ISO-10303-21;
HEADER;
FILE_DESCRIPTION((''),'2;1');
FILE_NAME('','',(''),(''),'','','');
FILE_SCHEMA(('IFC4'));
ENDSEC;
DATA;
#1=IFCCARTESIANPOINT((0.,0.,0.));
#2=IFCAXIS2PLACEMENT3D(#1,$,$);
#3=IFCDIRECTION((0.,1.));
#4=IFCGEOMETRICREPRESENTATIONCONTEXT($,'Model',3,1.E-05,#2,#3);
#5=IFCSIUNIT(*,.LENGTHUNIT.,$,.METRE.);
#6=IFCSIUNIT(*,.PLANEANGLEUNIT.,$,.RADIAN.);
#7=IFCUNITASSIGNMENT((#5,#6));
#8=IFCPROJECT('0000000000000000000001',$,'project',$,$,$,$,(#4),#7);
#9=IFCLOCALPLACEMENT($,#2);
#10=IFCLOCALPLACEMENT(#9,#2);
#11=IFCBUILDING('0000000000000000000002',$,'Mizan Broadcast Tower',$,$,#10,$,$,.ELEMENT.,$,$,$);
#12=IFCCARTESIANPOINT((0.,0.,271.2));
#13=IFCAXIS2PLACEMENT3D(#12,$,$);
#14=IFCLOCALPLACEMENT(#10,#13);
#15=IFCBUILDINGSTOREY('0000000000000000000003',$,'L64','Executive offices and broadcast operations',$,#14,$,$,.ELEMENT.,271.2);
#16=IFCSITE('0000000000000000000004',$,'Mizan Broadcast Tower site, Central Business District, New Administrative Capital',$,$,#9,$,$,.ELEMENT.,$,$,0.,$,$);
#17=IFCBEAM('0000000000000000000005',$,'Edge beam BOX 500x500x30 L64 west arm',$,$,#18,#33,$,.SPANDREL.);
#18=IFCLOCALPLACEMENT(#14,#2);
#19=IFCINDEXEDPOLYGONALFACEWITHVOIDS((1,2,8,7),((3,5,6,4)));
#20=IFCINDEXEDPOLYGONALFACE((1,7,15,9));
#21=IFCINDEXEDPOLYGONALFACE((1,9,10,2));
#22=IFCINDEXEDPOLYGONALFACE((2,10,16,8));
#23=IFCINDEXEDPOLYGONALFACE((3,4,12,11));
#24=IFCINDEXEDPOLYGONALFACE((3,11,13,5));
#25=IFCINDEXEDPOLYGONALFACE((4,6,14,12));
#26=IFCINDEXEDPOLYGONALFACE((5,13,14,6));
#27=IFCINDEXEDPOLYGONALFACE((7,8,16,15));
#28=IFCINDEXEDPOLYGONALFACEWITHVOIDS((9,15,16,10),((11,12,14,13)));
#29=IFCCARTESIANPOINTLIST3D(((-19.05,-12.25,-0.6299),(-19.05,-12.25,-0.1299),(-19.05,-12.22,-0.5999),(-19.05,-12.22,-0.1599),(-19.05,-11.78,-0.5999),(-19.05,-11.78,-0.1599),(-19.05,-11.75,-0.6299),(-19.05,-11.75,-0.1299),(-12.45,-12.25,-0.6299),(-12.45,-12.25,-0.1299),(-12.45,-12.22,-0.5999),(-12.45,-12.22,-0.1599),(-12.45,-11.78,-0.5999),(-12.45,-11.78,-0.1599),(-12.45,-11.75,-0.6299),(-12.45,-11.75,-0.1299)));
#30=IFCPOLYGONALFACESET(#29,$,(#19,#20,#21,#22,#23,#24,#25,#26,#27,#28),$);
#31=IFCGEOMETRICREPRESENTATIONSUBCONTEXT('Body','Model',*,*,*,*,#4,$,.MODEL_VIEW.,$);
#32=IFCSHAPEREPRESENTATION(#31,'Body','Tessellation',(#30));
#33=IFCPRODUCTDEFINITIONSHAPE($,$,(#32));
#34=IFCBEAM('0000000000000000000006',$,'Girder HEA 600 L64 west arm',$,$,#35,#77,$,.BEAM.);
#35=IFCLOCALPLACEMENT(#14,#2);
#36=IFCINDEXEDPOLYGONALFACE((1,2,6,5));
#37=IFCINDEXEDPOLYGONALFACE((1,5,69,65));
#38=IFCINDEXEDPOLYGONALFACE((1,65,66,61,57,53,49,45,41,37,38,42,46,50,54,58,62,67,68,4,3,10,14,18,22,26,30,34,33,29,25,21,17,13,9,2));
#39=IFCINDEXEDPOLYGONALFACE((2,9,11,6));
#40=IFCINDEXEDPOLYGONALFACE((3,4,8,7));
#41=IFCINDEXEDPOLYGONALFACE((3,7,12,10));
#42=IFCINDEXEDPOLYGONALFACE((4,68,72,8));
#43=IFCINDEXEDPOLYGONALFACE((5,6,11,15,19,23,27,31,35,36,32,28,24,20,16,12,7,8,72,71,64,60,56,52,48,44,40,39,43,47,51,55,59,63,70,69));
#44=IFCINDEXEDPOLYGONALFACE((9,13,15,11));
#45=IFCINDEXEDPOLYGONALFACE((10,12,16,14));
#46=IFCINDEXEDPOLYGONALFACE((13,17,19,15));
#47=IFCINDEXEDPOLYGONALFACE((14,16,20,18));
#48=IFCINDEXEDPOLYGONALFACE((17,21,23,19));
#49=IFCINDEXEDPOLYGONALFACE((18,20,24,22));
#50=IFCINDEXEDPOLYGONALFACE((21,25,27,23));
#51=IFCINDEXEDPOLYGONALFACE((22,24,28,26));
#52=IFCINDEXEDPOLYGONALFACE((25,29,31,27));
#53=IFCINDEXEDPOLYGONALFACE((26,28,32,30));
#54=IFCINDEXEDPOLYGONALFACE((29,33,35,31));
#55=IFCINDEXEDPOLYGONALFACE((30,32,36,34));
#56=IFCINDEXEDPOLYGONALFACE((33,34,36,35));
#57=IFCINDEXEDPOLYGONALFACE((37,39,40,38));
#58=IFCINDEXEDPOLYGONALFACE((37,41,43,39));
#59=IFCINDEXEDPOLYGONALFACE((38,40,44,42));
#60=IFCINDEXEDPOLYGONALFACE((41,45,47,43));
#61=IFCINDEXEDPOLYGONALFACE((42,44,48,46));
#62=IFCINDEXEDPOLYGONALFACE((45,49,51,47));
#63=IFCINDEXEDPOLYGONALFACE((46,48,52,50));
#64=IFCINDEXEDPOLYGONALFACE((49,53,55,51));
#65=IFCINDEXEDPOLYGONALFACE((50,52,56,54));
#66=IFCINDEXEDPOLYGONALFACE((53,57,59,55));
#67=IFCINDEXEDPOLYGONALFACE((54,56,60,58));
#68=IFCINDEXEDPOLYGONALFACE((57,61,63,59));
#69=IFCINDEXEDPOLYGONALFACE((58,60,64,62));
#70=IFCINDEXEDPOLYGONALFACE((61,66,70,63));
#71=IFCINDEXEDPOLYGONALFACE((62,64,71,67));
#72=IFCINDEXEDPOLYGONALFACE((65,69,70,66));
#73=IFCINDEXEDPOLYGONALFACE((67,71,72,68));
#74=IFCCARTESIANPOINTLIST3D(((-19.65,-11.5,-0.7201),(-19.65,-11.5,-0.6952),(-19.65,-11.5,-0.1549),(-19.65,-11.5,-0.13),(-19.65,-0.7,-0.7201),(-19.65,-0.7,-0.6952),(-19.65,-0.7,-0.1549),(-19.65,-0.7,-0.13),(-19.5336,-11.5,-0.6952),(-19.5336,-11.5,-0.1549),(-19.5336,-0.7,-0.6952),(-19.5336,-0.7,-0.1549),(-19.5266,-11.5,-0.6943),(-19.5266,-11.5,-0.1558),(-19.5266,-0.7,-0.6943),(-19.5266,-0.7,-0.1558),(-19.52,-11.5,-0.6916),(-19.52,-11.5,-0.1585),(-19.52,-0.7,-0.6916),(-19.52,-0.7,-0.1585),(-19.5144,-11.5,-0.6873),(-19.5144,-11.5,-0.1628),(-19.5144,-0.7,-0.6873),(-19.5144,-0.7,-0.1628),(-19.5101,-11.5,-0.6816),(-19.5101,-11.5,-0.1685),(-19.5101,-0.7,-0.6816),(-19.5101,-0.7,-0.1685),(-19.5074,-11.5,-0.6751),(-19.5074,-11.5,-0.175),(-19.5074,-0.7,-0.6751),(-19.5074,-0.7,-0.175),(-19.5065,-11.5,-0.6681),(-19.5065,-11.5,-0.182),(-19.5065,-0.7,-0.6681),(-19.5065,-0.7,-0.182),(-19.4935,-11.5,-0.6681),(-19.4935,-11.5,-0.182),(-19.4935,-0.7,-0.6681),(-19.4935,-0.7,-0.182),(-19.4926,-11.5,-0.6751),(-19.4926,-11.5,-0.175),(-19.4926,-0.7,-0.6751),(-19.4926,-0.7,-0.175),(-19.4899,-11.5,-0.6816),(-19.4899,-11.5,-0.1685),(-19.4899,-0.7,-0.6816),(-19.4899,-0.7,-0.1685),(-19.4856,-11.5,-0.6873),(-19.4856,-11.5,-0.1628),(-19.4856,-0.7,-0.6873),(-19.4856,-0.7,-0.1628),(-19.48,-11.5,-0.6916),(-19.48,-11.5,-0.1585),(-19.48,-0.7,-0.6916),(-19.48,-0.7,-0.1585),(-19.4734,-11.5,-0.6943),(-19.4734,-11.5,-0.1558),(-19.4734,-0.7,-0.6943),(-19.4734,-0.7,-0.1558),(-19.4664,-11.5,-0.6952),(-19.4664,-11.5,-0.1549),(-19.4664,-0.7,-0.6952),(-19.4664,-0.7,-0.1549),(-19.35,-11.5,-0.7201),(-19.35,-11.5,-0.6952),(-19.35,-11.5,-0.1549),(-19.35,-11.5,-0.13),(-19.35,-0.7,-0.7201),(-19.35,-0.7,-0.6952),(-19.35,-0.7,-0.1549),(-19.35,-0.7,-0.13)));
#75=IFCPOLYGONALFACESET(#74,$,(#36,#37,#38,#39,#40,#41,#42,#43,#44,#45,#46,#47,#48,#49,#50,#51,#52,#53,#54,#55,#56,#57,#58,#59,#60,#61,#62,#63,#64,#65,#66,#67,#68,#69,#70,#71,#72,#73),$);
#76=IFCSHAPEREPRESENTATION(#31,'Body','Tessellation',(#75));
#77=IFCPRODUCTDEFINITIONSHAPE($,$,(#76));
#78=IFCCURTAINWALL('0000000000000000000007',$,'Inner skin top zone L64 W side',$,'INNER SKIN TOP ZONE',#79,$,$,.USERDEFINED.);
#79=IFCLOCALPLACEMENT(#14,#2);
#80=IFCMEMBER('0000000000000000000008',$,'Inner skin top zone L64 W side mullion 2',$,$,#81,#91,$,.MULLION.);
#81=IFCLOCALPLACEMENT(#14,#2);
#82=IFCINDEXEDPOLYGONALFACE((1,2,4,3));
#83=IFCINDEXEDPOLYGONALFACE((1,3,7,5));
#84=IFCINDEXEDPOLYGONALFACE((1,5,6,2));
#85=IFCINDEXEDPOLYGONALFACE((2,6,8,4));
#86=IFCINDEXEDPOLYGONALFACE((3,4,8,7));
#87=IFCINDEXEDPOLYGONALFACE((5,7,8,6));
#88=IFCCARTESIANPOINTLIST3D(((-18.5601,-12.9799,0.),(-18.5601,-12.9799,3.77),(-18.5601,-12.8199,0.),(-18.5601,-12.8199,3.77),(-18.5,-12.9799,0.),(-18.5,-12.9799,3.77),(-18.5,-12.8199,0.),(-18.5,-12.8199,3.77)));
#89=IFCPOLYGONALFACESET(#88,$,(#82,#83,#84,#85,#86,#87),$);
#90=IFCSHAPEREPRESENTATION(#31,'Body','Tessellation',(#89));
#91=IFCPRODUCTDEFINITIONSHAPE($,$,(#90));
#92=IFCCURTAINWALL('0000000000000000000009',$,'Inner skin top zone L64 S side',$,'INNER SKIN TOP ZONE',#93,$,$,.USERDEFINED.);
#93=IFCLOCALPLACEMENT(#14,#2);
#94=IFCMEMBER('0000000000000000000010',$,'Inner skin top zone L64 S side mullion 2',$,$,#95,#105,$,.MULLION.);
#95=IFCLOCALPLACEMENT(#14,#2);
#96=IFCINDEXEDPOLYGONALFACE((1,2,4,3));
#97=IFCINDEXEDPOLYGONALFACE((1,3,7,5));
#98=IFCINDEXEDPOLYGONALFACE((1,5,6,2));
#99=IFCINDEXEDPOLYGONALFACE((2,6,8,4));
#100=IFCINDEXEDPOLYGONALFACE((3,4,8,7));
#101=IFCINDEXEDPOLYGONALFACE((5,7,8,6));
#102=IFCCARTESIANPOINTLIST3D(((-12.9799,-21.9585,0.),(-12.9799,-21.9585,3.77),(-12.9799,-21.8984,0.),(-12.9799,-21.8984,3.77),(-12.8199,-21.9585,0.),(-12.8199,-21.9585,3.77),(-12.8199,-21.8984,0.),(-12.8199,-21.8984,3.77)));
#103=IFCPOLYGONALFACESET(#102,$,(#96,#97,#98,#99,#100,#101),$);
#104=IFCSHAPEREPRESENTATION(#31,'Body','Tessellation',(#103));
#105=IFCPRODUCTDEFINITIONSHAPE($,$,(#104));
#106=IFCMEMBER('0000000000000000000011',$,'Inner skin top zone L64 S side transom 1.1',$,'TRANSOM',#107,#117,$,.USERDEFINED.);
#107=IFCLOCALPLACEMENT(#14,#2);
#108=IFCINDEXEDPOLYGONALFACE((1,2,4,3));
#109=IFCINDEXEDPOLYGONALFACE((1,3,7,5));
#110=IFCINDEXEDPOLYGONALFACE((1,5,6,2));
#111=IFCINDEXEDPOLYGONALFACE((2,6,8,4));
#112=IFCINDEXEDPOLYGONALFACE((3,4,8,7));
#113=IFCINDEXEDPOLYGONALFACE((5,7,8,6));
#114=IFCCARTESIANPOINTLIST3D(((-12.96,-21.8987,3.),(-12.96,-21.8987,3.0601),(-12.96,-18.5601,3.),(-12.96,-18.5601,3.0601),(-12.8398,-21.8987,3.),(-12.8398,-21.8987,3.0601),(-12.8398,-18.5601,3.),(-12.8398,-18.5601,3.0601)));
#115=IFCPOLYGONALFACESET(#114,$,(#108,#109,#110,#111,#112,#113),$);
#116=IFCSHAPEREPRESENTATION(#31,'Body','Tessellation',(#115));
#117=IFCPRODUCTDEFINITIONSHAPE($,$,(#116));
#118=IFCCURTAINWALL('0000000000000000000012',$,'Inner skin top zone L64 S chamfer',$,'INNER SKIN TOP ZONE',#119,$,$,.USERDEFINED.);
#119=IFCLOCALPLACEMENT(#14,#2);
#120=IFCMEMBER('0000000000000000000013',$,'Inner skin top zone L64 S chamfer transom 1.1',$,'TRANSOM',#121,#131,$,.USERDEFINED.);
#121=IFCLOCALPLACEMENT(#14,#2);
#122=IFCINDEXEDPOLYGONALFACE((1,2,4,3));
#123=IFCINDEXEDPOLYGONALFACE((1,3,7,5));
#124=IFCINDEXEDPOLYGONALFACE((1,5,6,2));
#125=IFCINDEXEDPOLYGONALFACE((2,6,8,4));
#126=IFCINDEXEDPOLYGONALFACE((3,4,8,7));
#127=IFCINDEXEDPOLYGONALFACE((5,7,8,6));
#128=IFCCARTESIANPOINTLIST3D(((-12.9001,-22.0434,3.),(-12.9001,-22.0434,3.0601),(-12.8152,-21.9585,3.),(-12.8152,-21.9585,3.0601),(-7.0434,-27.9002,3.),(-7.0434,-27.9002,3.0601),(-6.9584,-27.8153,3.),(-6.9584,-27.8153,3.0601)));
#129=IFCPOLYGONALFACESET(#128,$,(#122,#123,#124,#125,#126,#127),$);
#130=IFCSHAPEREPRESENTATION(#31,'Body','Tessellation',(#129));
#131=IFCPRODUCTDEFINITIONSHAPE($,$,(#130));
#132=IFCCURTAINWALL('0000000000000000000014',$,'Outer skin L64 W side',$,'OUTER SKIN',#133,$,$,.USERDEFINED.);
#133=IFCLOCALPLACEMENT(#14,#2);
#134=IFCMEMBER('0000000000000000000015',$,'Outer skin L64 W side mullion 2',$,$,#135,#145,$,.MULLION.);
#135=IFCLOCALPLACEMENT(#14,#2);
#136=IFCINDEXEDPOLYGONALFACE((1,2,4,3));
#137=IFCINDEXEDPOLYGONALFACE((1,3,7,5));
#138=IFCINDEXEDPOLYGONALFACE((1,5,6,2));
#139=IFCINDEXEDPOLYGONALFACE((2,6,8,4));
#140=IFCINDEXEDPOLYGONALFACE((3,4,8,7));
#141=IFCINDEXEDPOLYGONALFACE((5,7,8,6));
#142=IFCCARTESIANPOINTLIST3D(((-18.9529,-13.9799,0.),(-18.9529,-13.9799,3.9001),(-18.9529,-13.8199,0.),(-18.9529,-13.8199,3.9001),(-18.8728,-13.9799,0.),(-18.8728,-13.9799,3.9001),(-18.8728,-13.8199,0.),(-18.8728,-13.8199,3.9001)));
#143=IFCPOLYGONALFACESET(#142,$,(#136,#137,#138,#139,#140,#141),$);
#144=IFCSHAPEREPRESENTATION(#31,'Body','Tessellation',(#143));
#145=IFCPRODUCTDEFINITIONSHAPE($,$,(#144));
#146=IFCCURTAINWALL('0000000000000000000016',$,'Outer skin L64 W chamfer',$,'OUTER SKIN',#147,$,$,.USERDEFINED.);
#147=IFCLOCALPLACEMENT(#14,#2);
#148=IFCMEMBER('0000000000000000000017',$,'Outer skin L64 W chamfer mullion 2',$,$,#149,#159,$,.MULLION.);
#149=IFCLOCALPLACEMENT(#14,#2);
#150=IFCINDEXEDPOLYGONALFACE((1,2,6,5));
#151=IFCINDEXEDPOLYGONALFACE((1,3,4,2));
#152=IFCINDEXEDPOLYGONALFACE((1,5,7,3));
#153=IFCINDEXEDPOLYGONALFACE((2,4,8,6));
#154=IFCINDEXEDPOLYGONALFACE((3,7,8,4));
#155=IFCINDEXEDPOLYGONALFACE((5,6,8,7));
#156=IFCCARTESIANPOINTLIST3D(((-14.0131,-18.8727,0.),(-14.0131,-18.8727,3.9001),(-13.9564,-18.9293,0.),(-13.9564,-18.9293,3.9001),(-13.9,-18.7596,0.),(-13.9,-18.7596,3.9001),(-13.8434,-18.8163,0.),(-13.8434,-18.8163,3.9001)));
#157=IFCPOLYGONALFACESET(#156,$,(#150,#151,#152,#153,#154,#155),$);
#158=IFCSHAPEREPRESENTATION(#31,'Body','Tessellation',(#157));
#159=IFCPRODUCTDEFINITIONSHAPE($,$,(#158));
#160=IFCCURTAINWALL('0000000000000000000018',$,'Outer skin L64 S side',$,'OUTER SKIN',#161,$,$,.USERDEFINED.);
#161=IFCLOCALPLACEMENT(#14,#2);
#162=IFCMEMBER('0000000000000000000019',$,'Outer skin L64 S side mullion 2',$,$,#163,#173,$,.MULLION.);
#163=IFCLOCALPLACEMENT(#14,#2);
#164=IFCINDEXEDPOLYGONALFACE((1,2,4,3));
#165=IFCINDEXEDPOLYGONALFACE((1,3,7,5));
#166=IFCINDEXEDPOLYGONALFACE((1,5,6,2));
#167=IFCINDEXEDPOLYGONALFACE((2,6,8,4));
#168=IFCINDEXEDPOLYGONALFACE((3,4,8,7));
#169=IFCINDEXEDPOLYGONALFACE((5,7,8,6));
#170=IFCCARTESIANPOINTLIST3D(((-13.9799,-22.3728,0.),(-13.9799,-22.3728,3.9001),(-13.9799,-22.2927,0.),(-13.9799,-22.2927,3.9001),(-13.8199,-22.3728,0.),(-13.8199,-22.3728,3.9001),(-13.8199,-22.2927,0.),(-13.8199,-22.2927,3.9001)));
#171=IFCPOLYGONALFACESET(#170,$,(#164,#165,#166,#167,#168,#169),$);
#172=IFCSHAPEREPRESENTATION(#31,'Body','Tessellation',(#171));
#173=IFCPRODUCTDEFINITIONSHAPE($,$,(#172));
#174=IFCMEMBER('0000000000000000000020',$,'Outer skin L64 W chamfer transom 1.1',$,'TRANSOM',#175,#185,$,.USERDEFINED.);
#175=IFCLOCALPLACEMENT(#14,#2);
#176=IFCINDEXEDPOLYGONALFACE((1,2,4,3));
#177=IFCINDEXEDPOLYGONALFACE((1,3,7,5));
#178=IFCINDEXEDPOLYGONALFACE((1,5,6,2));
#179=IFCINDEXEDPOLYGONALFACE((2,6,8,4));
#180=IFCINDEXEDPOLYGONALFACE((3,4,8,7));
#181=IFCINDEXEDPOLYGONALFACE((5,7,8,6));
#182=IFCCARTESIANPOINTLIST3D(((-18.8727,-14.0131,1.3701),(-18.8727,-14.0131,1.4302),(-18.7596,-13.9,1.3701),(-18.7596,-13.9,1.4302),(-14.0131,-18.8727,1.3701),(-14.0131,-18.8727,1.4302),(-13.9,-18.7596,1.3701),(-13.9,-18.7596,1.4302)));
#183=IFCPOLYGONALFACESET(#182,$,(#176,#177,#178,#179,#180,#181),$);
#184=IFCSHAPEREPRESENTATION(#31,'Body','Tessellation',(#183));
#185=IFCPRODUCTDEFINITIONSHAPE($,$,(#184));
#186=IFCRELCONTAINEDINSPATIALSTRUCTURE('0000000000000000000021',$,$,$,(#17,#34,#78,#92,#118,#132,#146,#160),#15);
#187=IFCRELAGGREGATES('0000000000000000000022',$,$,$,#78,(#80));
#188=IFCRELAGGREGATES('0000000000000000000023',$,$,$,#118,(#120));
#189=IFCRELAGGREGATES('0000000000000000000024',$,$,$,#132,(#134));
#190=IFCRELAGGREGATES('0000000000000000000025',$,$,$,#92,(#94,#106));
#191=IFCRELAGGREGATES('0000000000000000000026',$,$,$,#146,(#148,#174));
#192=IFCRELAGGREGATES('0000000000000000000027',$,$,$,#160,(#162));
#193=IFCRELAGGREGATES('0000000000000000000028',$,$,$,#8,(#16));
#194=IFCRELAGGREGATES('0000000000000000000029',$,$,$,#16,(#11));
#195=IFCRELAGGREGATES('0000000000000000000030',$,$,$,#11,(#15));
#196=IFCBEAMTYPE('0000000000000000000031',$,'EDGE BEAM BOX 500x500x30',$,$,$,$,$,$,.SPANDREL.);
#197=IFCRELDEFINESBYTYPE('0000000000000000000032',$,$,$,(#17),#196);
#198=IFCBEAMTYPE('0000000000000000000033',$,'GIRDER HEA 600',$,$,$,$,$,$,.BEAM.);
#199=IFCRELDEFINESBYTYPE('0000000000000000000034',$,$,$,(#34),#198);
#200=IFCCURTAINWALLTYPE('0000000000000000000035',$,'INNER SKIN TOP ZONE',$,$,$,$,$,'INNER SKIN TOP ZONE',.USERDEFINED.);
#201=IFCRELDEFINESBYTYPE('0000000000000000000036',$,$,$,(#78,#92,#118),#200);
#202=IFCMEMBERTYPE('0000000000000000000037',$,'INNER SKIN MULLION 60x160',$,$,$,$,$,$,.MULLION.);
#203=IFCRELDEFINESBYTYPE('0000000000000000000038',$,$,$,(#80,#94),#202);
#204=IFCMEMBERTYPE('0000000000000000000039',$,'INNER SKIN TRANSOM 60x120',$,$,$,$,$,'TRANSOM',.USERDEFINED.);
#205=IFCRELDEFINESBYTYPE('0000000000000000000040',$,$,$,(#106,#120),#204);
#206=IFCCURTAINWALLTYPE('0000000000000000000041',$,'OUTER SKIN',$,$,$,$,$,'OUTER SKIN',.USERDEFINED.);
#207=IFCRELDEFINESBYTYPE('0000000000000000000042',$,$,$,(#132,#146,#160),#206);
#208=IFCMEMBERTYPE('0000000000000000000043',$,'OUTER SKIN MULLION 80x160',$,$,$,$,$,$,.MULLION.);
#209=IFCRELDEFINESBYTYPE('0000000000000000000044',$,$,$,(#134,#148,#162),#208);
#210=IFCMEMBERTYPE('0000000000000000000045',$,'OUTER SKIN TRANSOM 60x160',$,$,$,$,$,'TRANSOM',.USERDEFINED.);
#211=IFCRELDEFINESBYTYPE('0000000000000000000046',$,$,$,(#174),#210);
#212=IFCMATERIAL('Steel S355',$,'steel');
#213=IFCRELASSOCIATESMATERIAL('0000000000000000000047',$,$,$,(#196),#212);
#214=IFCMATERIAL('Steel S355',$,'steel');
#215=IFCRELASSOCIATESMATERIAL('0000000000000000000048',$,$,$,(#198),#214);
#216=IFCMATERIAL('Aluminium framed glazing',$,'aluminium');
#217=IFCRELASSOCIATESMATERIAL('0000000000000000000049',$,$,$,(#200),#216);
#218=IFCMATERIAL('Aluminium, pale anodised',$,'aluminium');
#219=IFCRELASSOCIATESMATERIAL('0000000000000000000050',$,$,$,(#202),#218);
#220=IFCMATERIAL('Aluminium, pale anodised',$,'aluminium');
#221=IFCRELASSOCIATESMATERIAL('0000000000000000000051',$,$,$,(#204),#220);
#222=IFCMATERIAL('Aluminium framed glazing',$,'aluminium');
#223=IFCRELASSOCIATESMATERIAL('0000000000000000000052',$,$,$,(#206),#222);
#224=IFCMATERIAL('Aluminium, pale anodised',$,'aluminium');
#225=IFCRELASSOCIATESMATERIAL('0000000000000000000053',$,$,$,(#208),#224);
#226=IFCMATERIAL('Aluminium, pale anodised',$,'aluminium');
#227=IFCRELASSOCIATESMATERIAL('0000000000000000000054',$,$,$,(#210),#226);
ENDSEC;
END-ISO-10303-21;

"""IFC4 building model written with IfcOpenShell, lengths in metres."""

from ifc_helpers import new_model, si_unit, direction, frame, origin, origin_2d, place, context, subcontext, project, spatial, rectangle, hollow_rectangle, i_section, extrude, material, material_profile, profile_set, type_object, element, aggregate, save


model = new_model("IFC4")

# Units and contexts
model_context = context("Model", 3, precision=1e-05, world=origin(), true_north=direction((0.0, 1.0)))
body_context = subcontext(model_context, "Body", "Model", "MODEL_VIEW")
ifc_project = project(units=[si_unit("LENGTHUNIT", "METRE"), si_unit("PLANEANGLEUNIT", "RADIAN")], contexts=[model_context])

# Site, building, storey
site_placement = place(None, origin())
site = spatial("IfcSite", under=ifc_project, at=site_placement, Name="Mizan Broadcast Tower site, Central Business District, New Administrative Capital", CompositionType="ELEMENT", RefElevation=0.0)
building_placement = place(site_placement, origin())
building = spatial("IfcBuilding", under=site, at=building_placement, Name="Mizan Broadcast Tower", CompositionType="ELEMENT")
storey_placement = place(building_placement, frame((0.0, 0.0, 271.2)))
storey = spatial("IfcBuildingStorey", under=building, at=storey_placement, Name="L64", Description="Executive offices and broadcast operations", CompositionType="ELEMENT", Elevation=271.2)

# Beams
ifc_material_1 = material(Name="Steel S355", Category="steel")
ifc_material_profile_1 = material_profile(ifc_material_1, hollow_rectangle(XDim=0.5, YDim=0.5, WallThickness=0.03, at=origin_2d()), Name="BOX 500x500x30")
ifc_profile_set_1 = profile_set([ifc_material_profile_1], Name="Steel S355")
beam_type_1 = type_object("IfcBeamType", Name="EDGE BEAM BOX 500x500x30", PredefinedType="SPANDREL", material=ifc_profile_set_1)
beam_1_placement = place(storey_placement, frame((-12.45, -12.0, -0.3799), z_axis=(-1.0, 0.0, 0.0), x_axis=(0.0, -1.0, 0.0)))
element("IfcBeam", 1, at=beam_1_placement, inside=storey, type_object=beam_type_1, Name="Edge beam BOX 500x500x30 L64 west arm", PredefinedType="SPANDREL", context=body_context, shape_type="SweptSolid", body=[
    extrude(hollow_rectangle(XDim=0.5, YDim=0.5, WallThickness=0.03, at=origin_2d()), origin(), (0.0, 0.0, 1.0), 6.6001),
])
ifc_material_2 = material(Name="Steel S355", Category="steel")
ifc_material_profile_2 = material_profile(ifc_material_2, i_section(OverallWidth=0.3, OverallDepth=0.5901, WebThickness=0.0129, FlangeThickness=0.0249, FilletRadius=0.0271, at=origin_2d()), Name="HEA 600")
ifc_profile_set_2 = profile_set([ifc_material_profile_2], Name="Steel S355")
beam_type_2 = type_object("IfcBeamType", Name="GIRDER HEA 600", PredefinedType="BEAM", material=ifc_profile_set_2)
beam_2_placement = place(storey_placement, frame((-19.5, -11.5, -0.425), z_axis=(0.0, 1.0, 0.0), x_axis=(-1.0, 0.0, 0.0)))
element("IfcBeam", 2, at=beam_2_placement, inside=storey, type_object=beam_type_2, Name="Girder HEA 600 L64 west arm", PredefinedType="BEAM", context=body_context, shape_type="SweptSolid", body=[
    extrude(i_section(OverallWidth=0.3, OverallDepth=0.5901, WebThickness=0.0129, FlangeThickness=0.0249, FilletRadius=0.0271, at=origin_2d()), origin(), (0.0, 0.0, 1.0), 10.8),
])

# Curtain wall, member
ifc_material_3 = material(Name="Aluminium framed glazing", Category="aluminium")
curtain_wall_type_1 = type_object("IfcCurtainWallType", Name="INNER SKIN TOP ZONE", ElementType="INNER SKIN TOP ZONE", PredefinedType="USERDEFINED", material=ifc_material_3)
curtain_wall_1_placement = place(storey_placement, origin())
curtain_wall_1 = element("IfcCurtainWall", 3, at=curtain_wall_1_placement, inside=storey, type_object=curtain_wall_type_1, Name="Inner skin top zone L64 W side", ObjectType="INNER SKIN TOP ZONE", PredefinedType="USERDEFINED")
ifc_material_4 = material(Name="Aluminium, pale anodised", Category="aluminium")
ifc_material_profile_3 = material_profile(ifc_material_4, rectangle(XDim=0.1599, YDim=0.0601, at=origin_2d()), Name="MULLION 160x60")
ifc_profile_set_3 = profile_set([ifc_material_profile_3], Name="Aluminium, pale anodised")
member_type_1 = type_object("IfcMemberType", Name="INNER SKIN MULLION 60x160", PredefinedType="MULLION", material=ifc_profile_set_3)
member_1_placement = place(storey_placement, frame((-18.53, -12.8999, 0.0), z_axis=(0.0, 0.0, 1.0), x_axis=(0.0, 1.0, 0.0)))
member_1 = element("IfcMember", 4, at=member_1_placement, type_object=member_type_1, Name="Inner skin top zone L64 W side mullion 2", PredefinedType="MULLION", context=body_context, shape_type="SweptSolid", body=[
    extrude(rectangle(XDim=0.1599, YDim=0.0601, at=origin_2d()), origin(), (0.0, 0.0, 1.0), 3.77),
])
aggregate(curtain_wall_1, [member_1])

# Curtain wall, members
curtain_wall_2_placement = place(storey_placement, origin())
curtain_wall_2 = element("IfcCurtainWall", 5, at=curtain_wall_2_placement, inside=storey, type_object=curtain_wall_type_1, Name="Inner skin top zone L64 S side", ObjectType="INNER SKIN TOP ZONE", PredefinedType="USERDEFINED")
member_2_placement = place(storey_placement, frame((-12.8999, -21.9285, 0.0), z_axis=(0.0, 0.0, 1.0), x_axis=(1.0, 0.0, 0.0)))
member_2 = element("IfcMember", 6, at=member_2_placement, type_object=member_type_1, Name="Inner skin top zone L64 S side mullion 2", PredefinedType="MULLION", context=body_context, shape_type="SweptSolid", body=[
    extrude(rectangle(XDim=0.1599, YDim=0.0601, at=origin_2d()), origin(), (0.0, 0.0, 1.0), 3.77),
])
ifc_material_5 = material(Name="Aluminium, pale anodised", Category="aluminium")
ifc_material_profile_4 = material_profile(ifc_material_5, rectangle(XDim=0.1201, YDim=0.0601, at=origin_2d()), Name="TRANSOM 120x60")
ifc_profile_set_4 = profile_set([ifc_material_profile_4], Name="Aluminium, pale anodised")
member_type_2 = type_object("IfcMemberType", Name="INNER SKIN TRANSOM 60x120", ElementType="TRANSOM", PredefinedType="USERDEFINED", material=ifc_profile_set_4)
member_3_placement = place(storey_placement, frame((-12.8999, -18.5601, 3.03), z_axis=(0.0, -1.0, 0.0), x_axis=(1.0, 0.0, 0.0)))
member_3 = element("IfcMember", 7, at=member_3_placement, type_object=member_type_2, Name="Inner skin top zone L64 S side transom 1.1", ObjectType="TRANSOM", PredefinedType="USERDEFINED", context=body_context, shape_type="SweptSolid", body=[
    extrude(rectangle(XDim=0.1201, YDim=0.0601, at=origin_2d()), origin(), (0.0, 0.0, 1.0), 3.3386),
])

# Curtain walls, members
curtain_wall_3_placement = place(storey_placement, origin())
curtain_wall_3 = element("IfcCurtainWall", 8, at=curtain_wall_3_placement, inside=storey, type_object=curtain_wall_type_1, Name="Inner skin top zone L64 S chamfer", ObjectType="INNER SKIN TOP ZONE", PredefinedType="USERDEFINED")
member_4_placement = place(storey_placement, frame((-12.8577, -22.001, 3.03), z_axis=(0.707107, -0.707107, 0.0), x_axis=(0.707107, 0.707107, 0.0)))
member_4 = element("IfcMember", 9, at=member_4_placement, type_object=member_type_2, Name="Inner skin top zone L64 S chamfer transom 1.1", ObjectType="TRANSOM", PredefinedType="USERDEFINED", context=body_context, shape_type="SweptSolid", body=[
    extrude(rectangle(XDim=0.1201, YDim=0.0601, at=origin_2d()), origin(), (0.0, 0.0, 1.0), 8.2827),
])
aggregate(curtain_wall_3, [member_4])
ifc_material_6 = material(Name="Aluminium framed glazing", Category="aluminium")
curtain_wall_type_2 = type_object("IfcCurtainWallType", Name="OUTER SKIN", ElementType="OUTER SKIN", PredefinedType="USERDEFINED", material=ifc_material_6)
curtain_wall_4_placement = place(storey_placement, origin())
curtain_wall_4 = element("IfcCurtainWall", 10, at=curtain_wall_4_placement, inside=storey, type_object=curtain_wall_type_2, Name="Outer skin L64 W side", ObjectType="OUTER SKIN", PredefinedType="USERDEFINED")
ifc_material_7 = material(Name="Aluminium, pale anodised", Category="aluminium")
ifc_material_profile_5 = material_profile(ifc_material_7, rectangle(XDim=0.1599, YDim=0.0801, at=origin_2d()), Name="MULLION 160x80")
ifc_profile_set_5 = profile_set([ifc_material_profile_5], Name="Aluminium, pale anodised")
member_type_3 = type_object("IfcMemberType", Name="OUTER SKIN MULLION 80x160", PredefinedType="MULLION", material=ifc_profile_set_5)
member_5_placement = place(storey_placement, frame((-18.9128, -13.8999, 0.0), z_axis=(0.0, 0.0, 1.0), x_axis=(0.0, 1.0, 0.0)))
member_5 = element("IfcMember", 11, at=member_5_placement, type_object=member_type_3, Name="Outer skin L64 W side mullion 2", PredefinedType="MULLION", context=body_context, shape_type="SweptSolid", body=[
    extrude(rectangle(XDim=0.1599, YDim=0.0801, at=origin_2d()), origin(), (0.0, 0.0, 1.0), 3.9001),
])
aggregate(curtain_wall_4, [member_5])
curtain_wall_5_placement = place(storey_placement, origin())
curtain_wall_5 = element("IfcCurtainWall", 12, at=curtain_wall_5_placement, inside=storey, type_object=curtain_wall_type_2, Name="Outer skin L64 W chamfer", ObjectType="OUTER SKIN", PredefinedType="USERDEFINED")
member_6_placement = place(storey_placement, frame((-13.9282, -18.8445, 0.0), z_axis=(0.0, 0.0, 1.0), x_axis=(0.707107, 0.707107, 0.0)))
member_6 = element("IfcMember", 13, at=member_6_placement, type_object=member_type_3, Name="Outer skin L64 W chamfer mullion 2", PredefinedType="MULLION", context=body_context, shape_type="SweptSolid", body=[
    extrude(rectangle(XDim=0.1599, YDim=0.0801, at=origin_2d()), origin(), (0.0, 0.0, 1.0), 3.9001),
])
curtain_wall_6_placement = place(storey_placement, origin())
curtain_wall_6 = element("IfcCurtainWall", 14, at=curtain_wall_6_placement, inside=storey, type_object=curtain_wall_type_2, Name="Outer skin L64 S side", ObjectType="OUTER SKIN", PredefinedType="USERDEFINED")
member_7_placement = place(storey_placement, frame((-13.8999, -22.3328, 0.0), z_axis=(0.0, 0.0, 1.0), x_axis=(1.0, 0.0, 0.0)))
member_7 = element("IfcMember", 15, at=member_7_placement, type_object=member_type_3, Name="Outer skin L64 S side mullion 2", PredefinedType="MULLION", context=body_context, shape_type="SweptSolid", body=[
    extrude(rectangle(XDim=0.1599, YDim=0.0801, at=origin_2d()), origin(), (0.0, 0.0, 1.0), 3.9001),
])

# Member
ifc_material_8 = material(Name="Aluminium, pale anodised", Category="aluminium")
ifc_material_profile_6 = material_profile(ifc_material_8, rectangle(XDim=0.1599, YDim=0.0601, at=origin_2d()), Name="TRANSOM 160x60")
ifc_profile_set_6 = profile_set([ifc_material_profile_6], Name="Aluminium, pale anodised")
member_type_4 = type_object("IfcMemberType", Name="OUTER SKIN TRANSOM 60x160", ElementType="TRANSOM", PredefinedType="USERDEFINED", material=ifc_profile_set_6)
member_8_placement = place(storey_placement, frame((-18.8162, -13.9565, 1.4001), z_axis=(0.707107, -0.707107, 0.0), x_axis=(0.707107, 0.707107, 0.0)))
member_8 = element("IfcMember", 16, at=member_8_placement, type_object=member_type_4, Name="Outer skin L64 W chamfer transom 1.1", ObjectType="TRANSOM", PredefinedType="USERDEFINED", context=body_context, shape_type="SweptSolid", body=[
    extrude(rectangle(XDim=0.1599, YDim=0.0601, at=origin_2d()), origin(), (0.0, 0.0, 1.0), 6.8726),
])

aggregate(curtain_wall_2, [member_2, member_3])
aggregate(curtain_wall_5, [member_6, member_8])
aggregate(curtain_wall_6, [member_7])

save(model, "model.ifc")
